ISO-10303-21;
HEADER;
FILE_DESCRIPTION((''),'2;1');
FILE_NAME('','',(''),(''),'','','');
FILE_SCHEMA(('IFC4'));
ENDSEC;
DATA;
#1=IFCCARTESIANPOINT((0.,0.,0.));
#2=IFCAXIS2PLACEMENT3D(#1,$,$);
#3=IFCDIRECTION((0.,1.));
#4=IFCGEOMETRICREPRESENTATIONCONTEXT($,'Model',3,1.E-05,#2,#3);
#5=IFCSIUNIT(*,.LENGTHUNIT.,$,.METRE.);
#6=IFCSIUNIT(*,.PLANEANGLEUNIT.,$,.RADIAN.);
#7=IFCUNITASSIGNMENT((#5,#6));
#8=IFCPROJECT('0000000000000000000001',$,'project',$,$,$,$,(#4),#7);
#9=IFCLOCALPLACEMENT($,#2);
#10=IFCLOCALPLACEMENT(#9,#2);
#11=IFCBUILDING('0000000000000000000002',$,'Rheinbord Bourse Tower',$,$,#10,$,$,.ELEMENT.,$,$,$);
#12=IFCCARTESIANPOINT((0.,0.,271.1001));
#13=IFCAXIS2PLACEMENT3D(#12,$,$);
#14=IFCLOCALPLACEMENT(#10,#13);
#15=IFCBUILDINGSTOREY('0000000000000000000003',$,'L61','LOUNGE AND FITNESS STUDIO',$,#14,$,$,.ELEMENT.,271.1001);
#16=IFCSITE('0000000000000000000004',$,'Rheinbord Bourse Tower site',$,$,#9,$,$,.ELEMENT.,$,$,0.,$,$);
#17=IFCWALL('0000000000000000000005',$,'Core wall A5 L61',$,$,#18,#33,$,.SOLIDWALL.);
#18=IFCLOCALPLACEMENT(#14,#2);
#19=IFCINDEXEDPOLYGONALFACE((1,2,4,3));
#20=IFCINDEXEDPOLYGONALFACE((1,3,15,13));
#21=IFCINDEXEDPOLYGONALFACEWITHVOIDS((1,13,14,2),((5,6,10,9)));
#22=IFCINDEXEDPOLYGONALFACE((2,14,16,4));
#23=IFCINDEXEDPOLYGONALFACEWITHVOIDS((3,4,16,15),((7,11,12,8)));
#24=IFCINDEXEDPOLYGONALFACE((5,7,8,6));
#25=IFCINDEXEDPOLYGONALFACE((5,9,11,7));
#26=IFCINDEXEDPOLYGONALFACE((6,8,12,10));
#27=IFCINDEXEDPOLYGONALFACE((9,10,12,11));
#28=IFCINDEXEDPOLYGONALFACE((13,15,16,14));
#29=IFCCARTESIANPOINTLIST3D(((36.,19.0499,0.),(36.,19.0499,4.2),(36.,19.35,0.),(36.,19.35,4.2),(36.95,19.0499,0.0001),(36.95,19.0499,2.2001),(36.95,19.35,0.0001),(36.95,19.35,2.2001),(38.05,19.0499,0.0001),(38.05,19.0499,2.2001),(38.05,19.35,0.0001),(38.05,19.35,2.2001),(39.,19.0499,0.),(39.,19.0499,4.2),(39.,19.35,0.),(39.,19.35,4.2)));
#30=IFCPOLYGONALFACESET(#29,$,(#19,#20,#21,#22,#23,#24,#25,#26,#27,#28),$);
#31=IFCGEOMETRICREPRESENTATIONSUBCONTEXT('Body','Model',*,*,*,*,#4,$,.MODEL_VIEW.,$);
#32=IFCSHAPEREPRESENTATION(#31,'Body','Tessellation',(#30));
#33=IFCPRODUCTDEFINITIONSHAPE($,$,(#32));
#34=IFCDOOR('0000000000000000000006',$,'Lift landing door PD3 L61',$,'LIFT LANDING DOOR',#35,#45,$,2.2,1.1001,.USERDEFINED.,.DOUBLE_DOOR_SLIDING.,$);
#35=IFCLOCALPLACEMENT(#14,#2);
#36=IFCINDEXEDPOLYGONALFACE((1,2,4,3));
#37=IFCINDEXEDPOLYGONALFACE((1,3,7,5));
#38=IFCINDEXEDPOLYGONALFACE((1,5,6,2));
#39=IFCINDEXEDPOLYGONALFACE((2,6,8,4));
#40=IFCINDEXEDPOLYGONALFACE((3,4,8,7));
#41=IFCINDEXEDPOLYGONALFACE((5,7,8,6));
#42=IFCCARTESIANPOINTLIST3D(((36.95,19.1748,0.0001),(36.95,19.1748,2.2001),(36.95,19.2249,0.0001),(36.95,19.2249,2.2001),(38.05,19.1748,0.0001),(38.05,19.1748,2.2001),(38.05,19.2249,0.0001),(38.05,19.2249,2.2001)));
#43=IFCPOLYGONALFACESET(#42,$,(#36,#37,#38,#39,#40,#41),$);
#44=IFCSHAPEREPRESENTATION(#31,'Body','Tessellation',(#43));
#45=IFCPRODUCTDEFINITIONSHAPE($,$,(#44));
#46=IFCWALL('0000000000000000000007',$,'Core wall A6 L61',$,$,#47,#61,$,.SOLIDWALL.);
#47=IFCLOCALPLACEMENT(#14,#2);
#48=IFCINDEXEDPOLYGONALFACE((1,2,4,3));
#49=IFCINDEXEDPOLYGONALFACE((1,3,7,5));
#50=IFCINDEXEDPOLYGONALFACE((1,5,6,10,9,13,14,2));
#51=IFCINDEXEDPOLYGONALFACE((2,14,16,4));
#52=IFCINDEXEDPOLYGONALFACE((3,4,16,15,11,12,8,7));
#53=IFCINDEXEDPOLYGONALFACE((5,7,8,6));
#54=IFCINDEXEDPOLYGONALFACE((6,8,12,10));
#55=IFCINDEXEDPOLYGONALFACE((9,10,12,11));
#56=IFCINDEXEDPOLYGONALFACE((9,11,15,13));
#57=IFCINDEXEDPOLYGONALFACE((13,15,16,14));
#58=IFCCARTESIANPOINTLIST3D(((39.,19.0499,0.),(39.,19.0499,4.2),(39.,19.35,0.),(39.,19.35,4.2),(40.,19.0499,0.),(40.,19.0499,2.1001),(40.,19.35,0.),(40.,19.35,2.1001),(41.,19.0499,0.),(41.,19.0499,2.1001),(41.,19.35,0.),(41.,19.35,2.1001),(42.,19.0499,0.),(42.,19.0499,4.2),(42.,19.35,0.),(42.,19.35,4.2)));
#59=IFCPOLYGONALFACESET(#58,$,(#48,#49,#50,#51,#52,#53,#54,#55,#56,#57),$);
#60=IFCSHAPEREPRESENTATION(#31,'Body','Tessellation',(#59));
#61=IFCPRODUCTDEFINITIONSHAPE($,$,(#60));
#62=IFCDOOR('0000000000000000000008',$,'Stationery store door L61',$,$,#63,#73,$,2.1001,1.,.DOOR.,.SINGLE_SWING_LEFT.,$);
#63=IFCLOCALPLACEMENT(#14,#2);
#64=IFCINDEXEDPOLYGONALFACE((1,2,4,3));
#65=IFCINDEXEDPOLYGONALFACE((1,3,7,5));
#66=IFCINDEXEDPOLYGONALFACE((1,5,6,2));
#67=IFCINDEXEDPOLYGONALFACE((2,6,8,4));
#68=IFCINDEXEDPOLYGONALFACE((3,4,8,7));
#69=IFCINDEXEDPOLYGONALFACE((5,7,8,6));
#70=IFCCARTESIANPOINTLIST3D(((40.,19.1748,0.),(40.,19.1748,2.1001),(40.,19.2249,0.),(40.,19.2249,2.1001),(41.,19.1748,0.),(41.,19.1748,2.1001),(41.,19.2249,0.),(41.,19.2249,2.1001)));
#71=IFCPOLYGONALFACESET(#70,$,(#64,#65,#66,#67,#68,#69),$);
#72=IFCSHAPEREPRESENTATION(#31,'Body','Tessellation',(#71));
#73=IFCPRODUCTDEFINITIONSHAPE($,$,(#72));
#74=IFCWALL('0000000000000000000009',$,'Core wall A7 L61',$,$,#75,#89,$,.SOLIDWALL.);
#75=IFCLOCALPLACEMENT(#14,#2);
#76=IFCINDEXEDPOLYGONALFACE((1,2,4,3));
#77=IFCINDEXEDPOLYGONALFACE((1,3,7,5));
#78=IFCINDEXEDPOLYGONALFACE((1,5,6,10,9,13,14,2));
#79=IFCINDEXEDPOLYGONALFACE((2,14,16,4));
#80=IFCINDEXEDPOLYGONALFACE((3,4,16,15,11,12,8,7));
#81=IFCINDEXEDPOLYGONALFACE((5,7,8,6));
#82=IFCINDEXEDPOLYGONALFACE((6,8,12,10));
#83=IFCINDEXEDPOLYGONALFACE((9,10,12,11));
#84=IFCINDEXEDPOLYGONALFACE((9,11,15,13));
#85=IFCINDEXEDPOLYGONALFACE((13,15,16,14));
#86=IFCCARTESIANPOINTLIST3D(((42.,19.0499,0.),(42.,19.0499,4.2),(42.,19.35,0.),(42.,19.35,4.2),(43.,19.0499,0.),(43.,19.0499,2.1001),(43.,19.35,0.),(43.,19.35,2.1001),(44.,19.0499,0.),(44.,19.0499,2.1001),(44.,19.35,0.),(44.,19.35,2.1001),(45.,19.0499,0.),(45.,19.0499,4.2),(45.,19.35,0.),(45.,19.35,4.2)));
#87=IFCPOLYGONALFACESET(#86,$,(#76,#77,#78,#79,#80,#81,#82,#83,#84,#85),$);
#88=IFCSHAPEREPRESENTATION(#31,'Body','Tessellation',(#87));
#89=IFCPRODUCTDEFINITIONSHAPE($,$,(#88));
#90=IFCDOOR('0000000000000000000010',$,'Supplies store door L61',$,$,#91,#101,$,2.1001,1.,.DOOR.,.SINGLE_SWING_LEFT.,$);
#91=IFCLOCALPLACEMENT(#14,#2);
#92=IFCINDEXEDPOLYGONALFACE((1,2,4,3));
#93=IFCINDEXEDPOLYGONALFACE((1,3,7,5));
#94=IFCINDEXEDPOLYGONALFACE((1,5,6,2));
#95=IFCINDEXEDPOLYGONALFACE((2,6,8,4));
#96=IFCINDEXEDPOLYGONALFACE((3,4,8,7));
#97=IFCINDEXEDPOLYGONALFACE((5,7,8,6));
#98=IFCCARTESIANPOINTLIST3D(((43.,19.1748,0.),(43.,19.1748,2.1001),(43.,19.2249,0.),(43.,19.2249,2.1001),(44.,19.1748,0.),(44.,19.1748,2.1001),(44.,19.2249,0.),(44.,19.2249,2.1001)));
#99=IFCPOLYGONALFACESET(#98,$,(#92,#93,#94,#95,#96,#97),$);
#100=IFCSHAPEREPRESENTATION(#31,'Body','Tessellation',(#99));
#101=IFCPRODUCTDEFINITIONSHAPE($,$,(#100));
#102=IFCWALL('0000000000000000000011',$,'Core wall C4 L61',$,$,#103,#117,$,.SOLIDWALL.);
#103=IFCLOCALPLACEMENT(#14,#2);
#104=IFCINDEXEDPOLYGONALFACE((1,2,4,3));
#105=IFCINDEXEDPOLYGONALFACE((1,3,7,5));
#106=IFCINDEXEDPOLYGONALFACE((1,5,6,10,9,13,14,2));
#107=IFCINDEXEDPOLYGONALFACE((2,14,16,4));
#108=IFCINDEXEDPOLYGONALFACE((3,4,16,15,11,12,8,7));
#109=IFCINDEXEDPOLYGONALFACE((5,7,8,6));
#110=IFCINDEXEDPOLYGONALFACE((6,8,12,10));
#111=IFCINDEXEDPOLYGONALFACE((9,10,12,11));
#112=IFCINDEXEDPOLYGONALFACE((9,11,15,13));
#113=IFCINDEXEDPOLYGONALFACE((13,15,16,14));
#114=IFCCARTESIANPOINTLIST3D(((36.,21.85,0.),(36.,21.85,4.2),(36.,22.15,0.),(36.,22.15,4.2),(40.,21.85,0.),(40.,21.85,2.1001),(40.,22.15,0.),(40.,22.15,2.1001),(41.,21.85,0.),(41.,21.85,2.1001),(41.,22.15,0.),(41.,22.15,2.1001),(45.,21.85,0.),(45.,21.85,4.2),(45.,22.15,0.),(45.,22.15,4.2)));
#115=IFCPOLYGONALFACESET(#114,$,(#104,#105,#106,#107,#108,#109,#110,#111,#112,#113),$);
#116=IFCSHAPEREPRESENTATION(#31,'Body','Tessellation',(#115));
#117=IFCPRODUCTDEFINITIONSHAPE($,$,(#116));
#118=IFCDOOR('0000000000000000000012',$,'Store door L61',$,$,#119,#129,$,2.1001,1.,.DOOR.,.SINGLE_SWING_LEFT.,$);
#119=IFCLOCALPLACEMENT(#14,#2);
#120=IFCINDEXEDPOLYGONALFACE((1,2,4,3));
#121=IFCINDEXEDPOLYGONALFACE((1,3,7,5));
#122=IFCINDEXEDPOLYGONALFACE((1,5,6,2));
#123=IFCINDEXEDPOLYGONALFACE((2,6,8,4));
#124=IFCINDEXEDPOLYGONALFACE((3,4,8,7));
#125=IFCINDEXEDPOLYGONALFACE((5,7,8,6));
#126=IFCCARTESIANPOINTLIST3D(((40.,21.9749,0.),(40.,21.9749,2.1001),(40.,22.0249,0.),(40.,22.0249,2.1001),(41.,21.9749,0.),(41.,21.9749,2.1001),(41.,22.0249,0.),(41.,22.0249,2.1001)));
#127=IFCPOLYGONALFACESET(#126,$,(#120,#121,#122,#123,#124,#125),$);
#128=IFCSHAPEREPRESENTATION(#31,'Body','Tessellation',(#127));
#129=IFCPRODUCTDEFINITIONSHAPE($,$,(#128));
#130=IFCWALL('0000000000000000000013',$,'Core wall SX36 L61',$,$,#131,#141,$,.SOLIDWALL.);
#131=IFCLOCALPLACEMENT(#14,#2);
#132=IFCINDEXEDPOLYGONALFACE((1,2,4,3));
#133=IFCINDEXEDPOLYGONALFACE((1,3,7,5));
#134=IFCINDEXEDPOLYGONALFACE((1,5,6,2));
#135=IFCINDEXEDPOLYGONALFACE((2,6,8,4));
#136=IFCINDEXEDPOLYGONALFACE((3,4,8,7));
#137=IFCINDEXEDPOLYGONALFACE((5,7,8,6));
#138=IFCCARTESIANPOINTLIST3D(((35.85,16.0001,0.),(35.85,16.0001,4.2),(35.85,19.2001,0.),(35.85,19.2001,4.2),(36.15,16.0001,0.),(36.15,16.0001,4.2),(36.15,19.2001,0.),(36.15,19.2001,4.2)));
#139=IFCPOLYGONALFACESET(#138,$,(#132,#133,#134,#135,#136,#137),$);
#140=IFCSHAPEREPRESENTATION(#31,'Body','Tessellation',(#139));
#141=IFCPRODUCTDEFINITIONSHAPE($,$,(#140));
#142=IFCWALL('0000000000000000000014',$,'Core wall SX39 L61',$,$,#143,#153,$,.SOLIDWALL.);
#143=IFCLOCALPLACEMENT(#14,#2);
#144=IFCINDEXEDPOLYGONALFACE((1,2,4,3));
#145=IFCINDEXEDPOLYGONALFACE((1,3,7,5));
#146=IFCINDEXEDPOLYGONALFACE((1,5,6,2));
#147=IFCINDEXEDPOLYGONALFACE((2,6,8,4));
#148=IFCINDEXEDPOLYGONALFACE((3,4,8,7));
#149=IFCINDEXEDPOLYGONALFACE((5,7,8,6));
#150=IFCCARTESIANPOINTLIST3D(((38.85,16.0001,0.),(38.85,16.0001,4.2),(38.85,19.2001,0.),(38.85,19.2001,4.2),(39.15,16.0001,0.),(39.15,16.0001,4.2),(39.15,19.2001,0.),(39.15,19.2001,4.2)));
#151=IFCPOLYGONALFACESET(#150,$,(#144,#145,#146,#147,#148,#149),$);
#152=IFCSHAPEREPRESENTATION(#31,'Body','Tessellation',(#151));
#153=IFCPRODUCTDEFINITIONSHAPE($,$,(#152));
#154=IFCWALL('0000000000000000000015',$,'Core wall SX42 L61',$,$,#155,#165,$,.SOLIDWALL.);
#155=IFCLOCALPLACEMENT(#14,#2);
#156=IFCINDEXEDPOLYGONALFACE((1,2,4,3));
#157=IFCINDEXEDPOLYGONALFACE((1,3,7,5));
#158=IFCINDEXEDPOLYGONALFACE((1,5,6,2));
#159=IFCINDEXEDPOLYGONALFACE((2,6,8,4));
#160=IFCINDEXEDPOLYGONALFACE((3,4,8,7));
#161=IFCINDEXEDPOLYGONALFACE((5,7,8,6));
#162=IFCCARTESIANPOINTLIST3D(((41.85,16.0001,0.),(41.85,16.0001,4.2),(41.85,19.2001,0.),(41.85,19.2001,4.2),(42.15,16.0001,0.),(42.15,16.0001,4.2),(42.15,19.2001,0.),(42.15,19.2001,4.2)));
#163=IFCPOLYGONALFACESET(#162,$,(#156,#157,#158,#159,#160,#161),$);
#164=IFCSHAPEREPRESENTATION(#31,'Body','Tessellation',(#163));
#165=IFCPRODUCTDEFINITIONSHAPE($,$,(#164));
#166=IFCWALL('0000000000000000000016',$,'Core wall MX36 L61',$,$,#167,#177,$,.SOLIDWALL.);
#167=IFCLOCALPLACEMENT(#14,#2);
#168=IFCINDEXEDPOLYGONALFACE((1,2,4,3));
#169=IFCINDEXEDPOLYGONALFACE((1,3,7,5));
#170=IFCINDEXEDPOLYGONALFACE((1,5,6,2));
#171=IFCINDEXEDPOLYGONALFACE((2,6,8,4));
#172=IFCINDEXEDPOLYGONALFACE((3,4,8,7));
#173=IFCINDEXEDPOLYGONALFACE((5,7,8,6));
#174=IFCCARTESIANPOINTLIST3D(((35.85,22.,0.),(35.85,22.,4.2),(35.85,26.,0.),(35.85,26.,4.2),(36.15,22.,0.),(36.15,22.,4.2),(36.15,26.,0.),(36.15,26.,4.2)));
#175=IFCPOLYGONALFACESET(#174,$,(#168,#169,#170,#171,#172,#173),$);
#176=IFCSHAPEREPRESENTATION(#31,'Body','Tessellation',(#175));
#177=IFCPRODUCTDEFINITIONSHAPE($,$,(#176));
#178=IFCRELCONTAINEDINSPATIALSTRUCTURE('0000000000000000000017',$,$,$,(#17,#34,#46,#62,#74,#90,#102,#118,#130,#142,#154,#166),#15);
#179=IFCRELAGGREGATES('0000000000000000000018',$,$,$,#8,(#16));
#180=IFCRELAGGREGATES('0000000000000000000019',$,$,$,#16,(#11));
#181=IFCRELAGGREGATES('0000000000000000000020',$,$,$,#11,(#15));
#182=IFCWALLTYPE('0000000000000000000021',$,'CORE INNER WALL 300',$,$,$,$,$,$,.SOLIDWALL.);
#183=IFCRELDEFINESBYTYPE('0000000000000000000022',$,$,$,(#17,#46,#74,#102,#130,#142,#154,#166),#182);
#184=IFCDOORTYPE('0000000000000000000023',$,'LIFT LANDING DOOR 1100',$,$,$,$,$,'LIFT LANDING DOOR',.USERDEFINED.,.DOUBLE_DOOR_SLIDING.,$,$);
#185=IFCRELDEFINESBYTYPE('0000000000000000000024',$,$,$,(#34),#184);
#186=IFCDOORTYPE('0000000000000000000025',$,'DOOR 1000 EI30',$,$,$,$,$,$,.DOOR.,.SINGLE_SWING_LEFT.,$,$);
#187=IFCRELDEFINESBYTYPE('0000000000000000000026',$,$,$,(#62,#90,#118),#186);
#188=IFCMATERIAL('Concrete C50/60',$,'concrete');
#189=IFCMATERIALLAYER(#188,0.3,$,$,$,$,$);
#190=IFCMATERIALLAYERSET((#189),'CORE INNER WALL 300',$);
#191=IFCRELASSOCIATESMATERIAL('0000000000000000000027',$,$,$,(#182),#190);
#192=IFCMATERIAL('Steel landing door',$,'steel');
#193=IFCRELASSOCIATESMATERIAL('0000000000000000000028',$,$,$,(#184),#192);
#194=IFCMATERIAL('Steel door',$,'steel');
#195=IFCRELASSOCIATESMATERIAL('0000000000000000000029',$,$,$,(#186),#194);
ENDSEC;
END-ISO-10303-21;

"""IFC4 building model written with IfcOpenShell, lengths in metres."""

from ifc_helpers import new_model, si_unit, direction, frame, frame_2d, origin, place, context, subcontext, project, spatial, rectangle, extrude, material, layer, layer_set, type_object, element, fill, save


model = new_model("IFC4")

# Units and contexts
model_context = context("Model", 3, precision=1e-05, world=origin(), true_north=direction((0.0, 1.0)))
body_context = subcontext(model_context, "Body", "Model", "MODEL_VIEW")
ifc_project = project(units=[si_unit("LENGTHUNIT", "METRE"), si_unit("PLANEANGLEUNIT", "RADIAN")], contexts=[model_context])

# Site, building, storey
site_placement = place(None, origin())
site = spatial("IfcSite", under=ifc_project, at=site_placement, Name="Rheinbord Bourse Tower site", CompositionType="ELEMENT", RefElevation=0.0)
building_placement = place(site_placement, origin())
building = spatial("IfcBuilding", under=site, at=building_placement, Name="Rheinbord Bourse Tower", CompositionType="ELEMENT")
storey_placement = place(building_placement, frame((0.0, 0.0, 271.1001)))
storey = spatial("IfcBuildingStorey", under=building, at=storey_placement, Name="L61", Description="LOUNGE AND FITNESS STUDIO", CompositionType="ELEMENT", Elevation=271.1001)

# Walls, openings, doors
ifc_material_1 = material(Name="Concrete C50/60", Category="concrete")
ifc_layer_1 = layer(ifc_material_1, 0.3)
ifc_layer_set_1 = layer_set([ifc_layer_1], Name="CORE INNER WALL 300")
wall_type_1 = type_object("IfcWallType", Name="CORE INNER WALL 300", PredefinedType="SOLIDWALL", material=ifc_layer_set_1)
wall_1_placement = place(storey_placement, frame((36.0, 19.2, 0.0), z_axis=(0.0, 0.0, 1.0), x_axis=(1.0, 0.0, 0.0)))
wall_1 = element("IfcWall", 1, at=wall_1_placement, inside=storey, type_object=wall_type_1, Name="Core wall A5 L61", PredefinedType="SOLIDWALL", context=body_context, shape_type="SweptSolid", body=[
    extrude(rectangle(XDim=3.0, YDim=0.3, at=frame_2d((1.5, 0.0))), origin(), (0.0, 0.0, 1.0), 4.2),
])
opening_1_placement = place(wall_1_placement, frame((0.95, 0.0, 0.0)))
opening_1 = element("IfcOpeningElement", 2, at=opening_1_placement, cuts=wall_1, PredefinedType="OPENING", context=body_context, shape_type="SweptSolid", body=[
    extrude(rectangle(XDim=1.1001, YDim=2.2, at=frame_2d((0.55, 1.1001))), frame((0.0, 0.1599, 0.0), z_axis=(0.0, -1.0, 0.0), x_axis=(1.0, 0.0, 0.0)), (0.0, 0.0, 1.0), 0.3201),
])
ifc_material_2 = material(Name="Steel landing door", Category="steel")
door_type_1 = type_object("IfcDoorType", Name="LIFT LANDING DOOR 1100", ElementType="LIFT LANDING DOOR", OperationType="DOUBLE_DOOR_SLIDING", PredefinedType="USERDEFINED", material=ifc_material_2)
door_1_placement = place(opening_1_placement, origin())
door_1 = element("IfcDoor", 3, at=door_1_placement, inside=storey, type_object=door_type_1, Name="Lift landing door PD3 L61", ObjectType="LIFT LANDING DOOR", OperationType="DOUBLE_DOOR_SLIDING", OverallHeight=2.2, OverallWidth=1.1001, PredefinedType="USERDEFINED", context=body_context, shape_type="SweptSolid", body=[
    extrude(rectangle(XDim=1.1001, YDim=2.2, at=frame_2d((0.55, 1.1001))), frame((0.0, 0.0249, 0.0), z_axis=(0.0, -1.0, 0.0), x_axis=(1.0, 0.0, 0.0)), (0.0, 0.0, 1.0), 0.05),
])
fill(opening_1, door_1)
wall_2_placement = place(storey_placement, frame((39.0, 19.2, 0.0), z_axis=(0.0, 0.0, 1.0), x_axis=(1.0, 0.0, 0.0)))
wall_2 = element("IfcWall", 4, at=wall_2_placement, inside=storey, type_object=wall_type_1, Name="Core wall A6 L61", PredefinedType="SOLIDWALL", context=body_context, shape_type="SweptSolid", body=[
    extrude(rectangle(XDim=3.0, YDim=0.3, at=frame_2d((1.5, 0.0))), origin(), (0.0, 0.0, 1.0), 4.2),
])
opening_2_placement = place(wall_2_placement, frame((1.0, 0.0, 0.0)))
opening_2 = element("IfcOpeningElement", 5, at=opening_2_placement, cuts=wall_2, PredefinedType="OPENING", context=body_context, shape_type="SweptSolid", body=[
    extrude(rectangle(XDim=1.0, YDim=2.1001, at=frame_2d((0.5, 1.05))), frame((0.0, 0.1599, 0.0), z_axis=(0.0, -1.0, 0.0), x_axis=(1.0, 0.0, 0.0)), (0.0, 0.0, 1.0), 0.3201),
])
ifc_material_3 = material(Name="Steel door", Category="steel")
door_type_2 = type_object("IfcDoorType", Name="DOOR 1000 EI30", OperationType="SINGLE_SWING_LEFT", PredefinedType="DOOR", material=ifc_material_3)
door_2_placement = place(opening_2_placement, origin())
door_2 = element("IfcDoor", 6, at=door_2_placement, inside=storey, type_object=door_type_2, Name="Stationery store door L61", OperationType="SINGLE_SWING_LEFT", OverallHeight=2.1001, OverallWidth=1.0, PredefinedType="DOOR", context=body_context, shape_type="SweptSolid", body=[
    extrude(rectangle(XDim=1.0, YDim=2.1001, at=frame_2d((0.5, 1.05))), frame((0.0, 0.0249, 0.0), z_axis=(0.0, -1.0, 0.0), x_axis=(1.0, 0.0, 0.0)), (0.0, 0.0, 1.0), 0.05),
])
fill(opening_2, door_2)
wall_3_placement = place(storey_placement, frame((42.0, 19.2, 0.0), z_axis=(0.0, 0.0, 1.0), x_axis=(1.0, 0.0, 0.0)))
wall_3 = element("IfcWall", 7, at=wall_3_placement, inside=storey, type_object=wall_type_1, Name="Core wall A7 L61", PredefinedType="SOLIDWALL", context=body_context, shape_type="SweptSolid", body=[
    extrude(rectangle(XDim=3.0, YDim=0.3, at=frame_2d((1.5, 0.0))), origin(), (0.0, 0.0, 1.0), 4.2),
])
opening_3_placement = place(wall_3_placement, frame((1.0, 0.0, 0.0)))
opening_3 = element("IfcOpeningElement", 8, at=opening_3_placement, cuts=wall_3, PredefinedType="OPENING", context=body_context, shape_type="SweptSolid", body=[
    extrude(rectangle(XDim=1.0, YDim=2.1001, at=frame_2d((0.5, 1.05))), frame((0.0, 0.1599, 0.0), z_axis=(0.0, -1.0, 0.0), x_axis=(1.0, 0.0, 0.0)), (0.0, 0.0, 1.0), 0.3201),
])
door_3_placement = place(opening_3_placement, origin())
door_3 = element("IfcDoor", 9, at=door_3_placement, inside=storey, type_object=door_type_2, Name="Supplies store door L61", OperationType="SINGLE_SWING_LEFT", OverallHeight=2.1001, OverallWidth=1.0, PredefinedType="DOOR", context=body_context, shape_type="SweptSolid", body=[
    extrude(rectangle(XDim=1.0, YDim=2.1001, at=frame_2d((0.5, 1.05))), frame((0.0, 0.0249, 0.0), z_axis=(0.0, -1.0, 0.0), x_axis=(1.0, 0.0, 0.0)), (0.0, 0.0, 1.0), 0.05),
])
fill(opening_3, door_3)
wall_4_placement = place(storey_placement, frame((36.0, 22.0, 0.0), z_axis=(0.0, 0.0, 1.0), x_axis=(1.0, 0.0, 0.0)))
wall_4 = element("IfcWall", 10, at=wall_4_placement, inside=storey, type_object=wall_type_1, Name="Core wall C4 L61", PredefinedType="SOLIDWALL", context=body_context, shape_type="SweptSolid", body=[
    extrude(rectangle(XDim=9.0, YDim=0.3, at=frame_2d((4.5, 0.0))), origin(), (0.0, 0.0, 1.0), 4.2),
])
opening_4_placement = place(wall_4_placement, frame((4.0, 0.0, 0.0)))
opening_4 = element("IfcOpeningElement", 11, at=opening_4_placement, cuts=wall_4, PredefinedType="OPENING", context=body_context, shape_type="SweptSolid", body=[
    extrude(rectangle(XDim=1.0, YDim=2.1001, at=frame_2d((0.5, 1.05))), frame((0.0, 0.1599, 0.0), z_axis=(0.0, -1.0, 0.0), x_axis=(1.0, 0.0, 0.0)), (0.0, 0.0, 1.0), 0.3201),
])
door_4_placement = place(opening_4_placement, origin())
door_4 = element("IfcDoor", 12, at=door_4_placement, inside=storey, type_object=door_type_2, Name="Store door L61", OperationType="SINGLE_SWING_LEFT", OverallHeight=2.1001, OverallWidth=1.0, PredefinedType="DOOR", context=body_context, shape_type="SweptSolid", body=[
    extrude(rectangle(XDim=1.0, YDim=2.1001, at=frame_2d((0.5, 1.05))), frame((0.0, 0.0249, 0.0), z_axis=(0.0, -1.0, 0.0), x_axis=(1.0, 0.0, 0.0)), (0.0, 0.0, 1.0), 0.05),
])
fill(opening_4, door_4)

# Walls
for number, where, z_axis, x_axis, name in (
    (13, (36.0, 16.0, 0.0), (0.0, 0.0, 1.0), (0.0, 1.0, 0.0), "Core wall SX36 L61"),
    (14, (39.0, 16.0, 0.0), (0.0, 0.0, 1.0), (0.0, 1.0, 0.0), "Core wall SX39 L61"),
    (15, (42.0, 16.0, 0.0), (0.0, 0.0, 1.0), (0.0, 1.0, 0.0), "Core wall SX42 L61"),
):
    element("IfcWall", number, at=place(storey_placement, frame(where, z_axis=z_axis, x_axis=x_axis)), inside=storey, type_object=wall_type_1, Name=name, PredefinedType="SOLIDWALL", context=body_context, shape_type="SweptSolid", body=[
        extrude(rectangle(XDim=3.2, YDim=0.3, at=frame_2d((1.6001, 0.0))), origin(), (0.0, 0.0, 1.0), 4.2),
    ])
wall_5_placement = place(storey_placement, frame((36.0, 22.0, 0.0), z_axis=(0.0, 0.0, 1.0), x_axis=(0.0, 1.0, 0.0)))
element("IfcWall", 16, at=wall_5_placement, inside=storey, type_object=wall_type_1, Name="Core wall MX36 L61", PredefinedType="SOLIDWALL", context=body_context, shape_type="SweptSolid", body=[
    extrude(rectangle(XDim=4.0, YDim=0.3, at=frame_2d((2.0, 0.0))), origin(), (0.0, 0.0, 1.0), 4.2),
])

save(model, "model.ifc")
